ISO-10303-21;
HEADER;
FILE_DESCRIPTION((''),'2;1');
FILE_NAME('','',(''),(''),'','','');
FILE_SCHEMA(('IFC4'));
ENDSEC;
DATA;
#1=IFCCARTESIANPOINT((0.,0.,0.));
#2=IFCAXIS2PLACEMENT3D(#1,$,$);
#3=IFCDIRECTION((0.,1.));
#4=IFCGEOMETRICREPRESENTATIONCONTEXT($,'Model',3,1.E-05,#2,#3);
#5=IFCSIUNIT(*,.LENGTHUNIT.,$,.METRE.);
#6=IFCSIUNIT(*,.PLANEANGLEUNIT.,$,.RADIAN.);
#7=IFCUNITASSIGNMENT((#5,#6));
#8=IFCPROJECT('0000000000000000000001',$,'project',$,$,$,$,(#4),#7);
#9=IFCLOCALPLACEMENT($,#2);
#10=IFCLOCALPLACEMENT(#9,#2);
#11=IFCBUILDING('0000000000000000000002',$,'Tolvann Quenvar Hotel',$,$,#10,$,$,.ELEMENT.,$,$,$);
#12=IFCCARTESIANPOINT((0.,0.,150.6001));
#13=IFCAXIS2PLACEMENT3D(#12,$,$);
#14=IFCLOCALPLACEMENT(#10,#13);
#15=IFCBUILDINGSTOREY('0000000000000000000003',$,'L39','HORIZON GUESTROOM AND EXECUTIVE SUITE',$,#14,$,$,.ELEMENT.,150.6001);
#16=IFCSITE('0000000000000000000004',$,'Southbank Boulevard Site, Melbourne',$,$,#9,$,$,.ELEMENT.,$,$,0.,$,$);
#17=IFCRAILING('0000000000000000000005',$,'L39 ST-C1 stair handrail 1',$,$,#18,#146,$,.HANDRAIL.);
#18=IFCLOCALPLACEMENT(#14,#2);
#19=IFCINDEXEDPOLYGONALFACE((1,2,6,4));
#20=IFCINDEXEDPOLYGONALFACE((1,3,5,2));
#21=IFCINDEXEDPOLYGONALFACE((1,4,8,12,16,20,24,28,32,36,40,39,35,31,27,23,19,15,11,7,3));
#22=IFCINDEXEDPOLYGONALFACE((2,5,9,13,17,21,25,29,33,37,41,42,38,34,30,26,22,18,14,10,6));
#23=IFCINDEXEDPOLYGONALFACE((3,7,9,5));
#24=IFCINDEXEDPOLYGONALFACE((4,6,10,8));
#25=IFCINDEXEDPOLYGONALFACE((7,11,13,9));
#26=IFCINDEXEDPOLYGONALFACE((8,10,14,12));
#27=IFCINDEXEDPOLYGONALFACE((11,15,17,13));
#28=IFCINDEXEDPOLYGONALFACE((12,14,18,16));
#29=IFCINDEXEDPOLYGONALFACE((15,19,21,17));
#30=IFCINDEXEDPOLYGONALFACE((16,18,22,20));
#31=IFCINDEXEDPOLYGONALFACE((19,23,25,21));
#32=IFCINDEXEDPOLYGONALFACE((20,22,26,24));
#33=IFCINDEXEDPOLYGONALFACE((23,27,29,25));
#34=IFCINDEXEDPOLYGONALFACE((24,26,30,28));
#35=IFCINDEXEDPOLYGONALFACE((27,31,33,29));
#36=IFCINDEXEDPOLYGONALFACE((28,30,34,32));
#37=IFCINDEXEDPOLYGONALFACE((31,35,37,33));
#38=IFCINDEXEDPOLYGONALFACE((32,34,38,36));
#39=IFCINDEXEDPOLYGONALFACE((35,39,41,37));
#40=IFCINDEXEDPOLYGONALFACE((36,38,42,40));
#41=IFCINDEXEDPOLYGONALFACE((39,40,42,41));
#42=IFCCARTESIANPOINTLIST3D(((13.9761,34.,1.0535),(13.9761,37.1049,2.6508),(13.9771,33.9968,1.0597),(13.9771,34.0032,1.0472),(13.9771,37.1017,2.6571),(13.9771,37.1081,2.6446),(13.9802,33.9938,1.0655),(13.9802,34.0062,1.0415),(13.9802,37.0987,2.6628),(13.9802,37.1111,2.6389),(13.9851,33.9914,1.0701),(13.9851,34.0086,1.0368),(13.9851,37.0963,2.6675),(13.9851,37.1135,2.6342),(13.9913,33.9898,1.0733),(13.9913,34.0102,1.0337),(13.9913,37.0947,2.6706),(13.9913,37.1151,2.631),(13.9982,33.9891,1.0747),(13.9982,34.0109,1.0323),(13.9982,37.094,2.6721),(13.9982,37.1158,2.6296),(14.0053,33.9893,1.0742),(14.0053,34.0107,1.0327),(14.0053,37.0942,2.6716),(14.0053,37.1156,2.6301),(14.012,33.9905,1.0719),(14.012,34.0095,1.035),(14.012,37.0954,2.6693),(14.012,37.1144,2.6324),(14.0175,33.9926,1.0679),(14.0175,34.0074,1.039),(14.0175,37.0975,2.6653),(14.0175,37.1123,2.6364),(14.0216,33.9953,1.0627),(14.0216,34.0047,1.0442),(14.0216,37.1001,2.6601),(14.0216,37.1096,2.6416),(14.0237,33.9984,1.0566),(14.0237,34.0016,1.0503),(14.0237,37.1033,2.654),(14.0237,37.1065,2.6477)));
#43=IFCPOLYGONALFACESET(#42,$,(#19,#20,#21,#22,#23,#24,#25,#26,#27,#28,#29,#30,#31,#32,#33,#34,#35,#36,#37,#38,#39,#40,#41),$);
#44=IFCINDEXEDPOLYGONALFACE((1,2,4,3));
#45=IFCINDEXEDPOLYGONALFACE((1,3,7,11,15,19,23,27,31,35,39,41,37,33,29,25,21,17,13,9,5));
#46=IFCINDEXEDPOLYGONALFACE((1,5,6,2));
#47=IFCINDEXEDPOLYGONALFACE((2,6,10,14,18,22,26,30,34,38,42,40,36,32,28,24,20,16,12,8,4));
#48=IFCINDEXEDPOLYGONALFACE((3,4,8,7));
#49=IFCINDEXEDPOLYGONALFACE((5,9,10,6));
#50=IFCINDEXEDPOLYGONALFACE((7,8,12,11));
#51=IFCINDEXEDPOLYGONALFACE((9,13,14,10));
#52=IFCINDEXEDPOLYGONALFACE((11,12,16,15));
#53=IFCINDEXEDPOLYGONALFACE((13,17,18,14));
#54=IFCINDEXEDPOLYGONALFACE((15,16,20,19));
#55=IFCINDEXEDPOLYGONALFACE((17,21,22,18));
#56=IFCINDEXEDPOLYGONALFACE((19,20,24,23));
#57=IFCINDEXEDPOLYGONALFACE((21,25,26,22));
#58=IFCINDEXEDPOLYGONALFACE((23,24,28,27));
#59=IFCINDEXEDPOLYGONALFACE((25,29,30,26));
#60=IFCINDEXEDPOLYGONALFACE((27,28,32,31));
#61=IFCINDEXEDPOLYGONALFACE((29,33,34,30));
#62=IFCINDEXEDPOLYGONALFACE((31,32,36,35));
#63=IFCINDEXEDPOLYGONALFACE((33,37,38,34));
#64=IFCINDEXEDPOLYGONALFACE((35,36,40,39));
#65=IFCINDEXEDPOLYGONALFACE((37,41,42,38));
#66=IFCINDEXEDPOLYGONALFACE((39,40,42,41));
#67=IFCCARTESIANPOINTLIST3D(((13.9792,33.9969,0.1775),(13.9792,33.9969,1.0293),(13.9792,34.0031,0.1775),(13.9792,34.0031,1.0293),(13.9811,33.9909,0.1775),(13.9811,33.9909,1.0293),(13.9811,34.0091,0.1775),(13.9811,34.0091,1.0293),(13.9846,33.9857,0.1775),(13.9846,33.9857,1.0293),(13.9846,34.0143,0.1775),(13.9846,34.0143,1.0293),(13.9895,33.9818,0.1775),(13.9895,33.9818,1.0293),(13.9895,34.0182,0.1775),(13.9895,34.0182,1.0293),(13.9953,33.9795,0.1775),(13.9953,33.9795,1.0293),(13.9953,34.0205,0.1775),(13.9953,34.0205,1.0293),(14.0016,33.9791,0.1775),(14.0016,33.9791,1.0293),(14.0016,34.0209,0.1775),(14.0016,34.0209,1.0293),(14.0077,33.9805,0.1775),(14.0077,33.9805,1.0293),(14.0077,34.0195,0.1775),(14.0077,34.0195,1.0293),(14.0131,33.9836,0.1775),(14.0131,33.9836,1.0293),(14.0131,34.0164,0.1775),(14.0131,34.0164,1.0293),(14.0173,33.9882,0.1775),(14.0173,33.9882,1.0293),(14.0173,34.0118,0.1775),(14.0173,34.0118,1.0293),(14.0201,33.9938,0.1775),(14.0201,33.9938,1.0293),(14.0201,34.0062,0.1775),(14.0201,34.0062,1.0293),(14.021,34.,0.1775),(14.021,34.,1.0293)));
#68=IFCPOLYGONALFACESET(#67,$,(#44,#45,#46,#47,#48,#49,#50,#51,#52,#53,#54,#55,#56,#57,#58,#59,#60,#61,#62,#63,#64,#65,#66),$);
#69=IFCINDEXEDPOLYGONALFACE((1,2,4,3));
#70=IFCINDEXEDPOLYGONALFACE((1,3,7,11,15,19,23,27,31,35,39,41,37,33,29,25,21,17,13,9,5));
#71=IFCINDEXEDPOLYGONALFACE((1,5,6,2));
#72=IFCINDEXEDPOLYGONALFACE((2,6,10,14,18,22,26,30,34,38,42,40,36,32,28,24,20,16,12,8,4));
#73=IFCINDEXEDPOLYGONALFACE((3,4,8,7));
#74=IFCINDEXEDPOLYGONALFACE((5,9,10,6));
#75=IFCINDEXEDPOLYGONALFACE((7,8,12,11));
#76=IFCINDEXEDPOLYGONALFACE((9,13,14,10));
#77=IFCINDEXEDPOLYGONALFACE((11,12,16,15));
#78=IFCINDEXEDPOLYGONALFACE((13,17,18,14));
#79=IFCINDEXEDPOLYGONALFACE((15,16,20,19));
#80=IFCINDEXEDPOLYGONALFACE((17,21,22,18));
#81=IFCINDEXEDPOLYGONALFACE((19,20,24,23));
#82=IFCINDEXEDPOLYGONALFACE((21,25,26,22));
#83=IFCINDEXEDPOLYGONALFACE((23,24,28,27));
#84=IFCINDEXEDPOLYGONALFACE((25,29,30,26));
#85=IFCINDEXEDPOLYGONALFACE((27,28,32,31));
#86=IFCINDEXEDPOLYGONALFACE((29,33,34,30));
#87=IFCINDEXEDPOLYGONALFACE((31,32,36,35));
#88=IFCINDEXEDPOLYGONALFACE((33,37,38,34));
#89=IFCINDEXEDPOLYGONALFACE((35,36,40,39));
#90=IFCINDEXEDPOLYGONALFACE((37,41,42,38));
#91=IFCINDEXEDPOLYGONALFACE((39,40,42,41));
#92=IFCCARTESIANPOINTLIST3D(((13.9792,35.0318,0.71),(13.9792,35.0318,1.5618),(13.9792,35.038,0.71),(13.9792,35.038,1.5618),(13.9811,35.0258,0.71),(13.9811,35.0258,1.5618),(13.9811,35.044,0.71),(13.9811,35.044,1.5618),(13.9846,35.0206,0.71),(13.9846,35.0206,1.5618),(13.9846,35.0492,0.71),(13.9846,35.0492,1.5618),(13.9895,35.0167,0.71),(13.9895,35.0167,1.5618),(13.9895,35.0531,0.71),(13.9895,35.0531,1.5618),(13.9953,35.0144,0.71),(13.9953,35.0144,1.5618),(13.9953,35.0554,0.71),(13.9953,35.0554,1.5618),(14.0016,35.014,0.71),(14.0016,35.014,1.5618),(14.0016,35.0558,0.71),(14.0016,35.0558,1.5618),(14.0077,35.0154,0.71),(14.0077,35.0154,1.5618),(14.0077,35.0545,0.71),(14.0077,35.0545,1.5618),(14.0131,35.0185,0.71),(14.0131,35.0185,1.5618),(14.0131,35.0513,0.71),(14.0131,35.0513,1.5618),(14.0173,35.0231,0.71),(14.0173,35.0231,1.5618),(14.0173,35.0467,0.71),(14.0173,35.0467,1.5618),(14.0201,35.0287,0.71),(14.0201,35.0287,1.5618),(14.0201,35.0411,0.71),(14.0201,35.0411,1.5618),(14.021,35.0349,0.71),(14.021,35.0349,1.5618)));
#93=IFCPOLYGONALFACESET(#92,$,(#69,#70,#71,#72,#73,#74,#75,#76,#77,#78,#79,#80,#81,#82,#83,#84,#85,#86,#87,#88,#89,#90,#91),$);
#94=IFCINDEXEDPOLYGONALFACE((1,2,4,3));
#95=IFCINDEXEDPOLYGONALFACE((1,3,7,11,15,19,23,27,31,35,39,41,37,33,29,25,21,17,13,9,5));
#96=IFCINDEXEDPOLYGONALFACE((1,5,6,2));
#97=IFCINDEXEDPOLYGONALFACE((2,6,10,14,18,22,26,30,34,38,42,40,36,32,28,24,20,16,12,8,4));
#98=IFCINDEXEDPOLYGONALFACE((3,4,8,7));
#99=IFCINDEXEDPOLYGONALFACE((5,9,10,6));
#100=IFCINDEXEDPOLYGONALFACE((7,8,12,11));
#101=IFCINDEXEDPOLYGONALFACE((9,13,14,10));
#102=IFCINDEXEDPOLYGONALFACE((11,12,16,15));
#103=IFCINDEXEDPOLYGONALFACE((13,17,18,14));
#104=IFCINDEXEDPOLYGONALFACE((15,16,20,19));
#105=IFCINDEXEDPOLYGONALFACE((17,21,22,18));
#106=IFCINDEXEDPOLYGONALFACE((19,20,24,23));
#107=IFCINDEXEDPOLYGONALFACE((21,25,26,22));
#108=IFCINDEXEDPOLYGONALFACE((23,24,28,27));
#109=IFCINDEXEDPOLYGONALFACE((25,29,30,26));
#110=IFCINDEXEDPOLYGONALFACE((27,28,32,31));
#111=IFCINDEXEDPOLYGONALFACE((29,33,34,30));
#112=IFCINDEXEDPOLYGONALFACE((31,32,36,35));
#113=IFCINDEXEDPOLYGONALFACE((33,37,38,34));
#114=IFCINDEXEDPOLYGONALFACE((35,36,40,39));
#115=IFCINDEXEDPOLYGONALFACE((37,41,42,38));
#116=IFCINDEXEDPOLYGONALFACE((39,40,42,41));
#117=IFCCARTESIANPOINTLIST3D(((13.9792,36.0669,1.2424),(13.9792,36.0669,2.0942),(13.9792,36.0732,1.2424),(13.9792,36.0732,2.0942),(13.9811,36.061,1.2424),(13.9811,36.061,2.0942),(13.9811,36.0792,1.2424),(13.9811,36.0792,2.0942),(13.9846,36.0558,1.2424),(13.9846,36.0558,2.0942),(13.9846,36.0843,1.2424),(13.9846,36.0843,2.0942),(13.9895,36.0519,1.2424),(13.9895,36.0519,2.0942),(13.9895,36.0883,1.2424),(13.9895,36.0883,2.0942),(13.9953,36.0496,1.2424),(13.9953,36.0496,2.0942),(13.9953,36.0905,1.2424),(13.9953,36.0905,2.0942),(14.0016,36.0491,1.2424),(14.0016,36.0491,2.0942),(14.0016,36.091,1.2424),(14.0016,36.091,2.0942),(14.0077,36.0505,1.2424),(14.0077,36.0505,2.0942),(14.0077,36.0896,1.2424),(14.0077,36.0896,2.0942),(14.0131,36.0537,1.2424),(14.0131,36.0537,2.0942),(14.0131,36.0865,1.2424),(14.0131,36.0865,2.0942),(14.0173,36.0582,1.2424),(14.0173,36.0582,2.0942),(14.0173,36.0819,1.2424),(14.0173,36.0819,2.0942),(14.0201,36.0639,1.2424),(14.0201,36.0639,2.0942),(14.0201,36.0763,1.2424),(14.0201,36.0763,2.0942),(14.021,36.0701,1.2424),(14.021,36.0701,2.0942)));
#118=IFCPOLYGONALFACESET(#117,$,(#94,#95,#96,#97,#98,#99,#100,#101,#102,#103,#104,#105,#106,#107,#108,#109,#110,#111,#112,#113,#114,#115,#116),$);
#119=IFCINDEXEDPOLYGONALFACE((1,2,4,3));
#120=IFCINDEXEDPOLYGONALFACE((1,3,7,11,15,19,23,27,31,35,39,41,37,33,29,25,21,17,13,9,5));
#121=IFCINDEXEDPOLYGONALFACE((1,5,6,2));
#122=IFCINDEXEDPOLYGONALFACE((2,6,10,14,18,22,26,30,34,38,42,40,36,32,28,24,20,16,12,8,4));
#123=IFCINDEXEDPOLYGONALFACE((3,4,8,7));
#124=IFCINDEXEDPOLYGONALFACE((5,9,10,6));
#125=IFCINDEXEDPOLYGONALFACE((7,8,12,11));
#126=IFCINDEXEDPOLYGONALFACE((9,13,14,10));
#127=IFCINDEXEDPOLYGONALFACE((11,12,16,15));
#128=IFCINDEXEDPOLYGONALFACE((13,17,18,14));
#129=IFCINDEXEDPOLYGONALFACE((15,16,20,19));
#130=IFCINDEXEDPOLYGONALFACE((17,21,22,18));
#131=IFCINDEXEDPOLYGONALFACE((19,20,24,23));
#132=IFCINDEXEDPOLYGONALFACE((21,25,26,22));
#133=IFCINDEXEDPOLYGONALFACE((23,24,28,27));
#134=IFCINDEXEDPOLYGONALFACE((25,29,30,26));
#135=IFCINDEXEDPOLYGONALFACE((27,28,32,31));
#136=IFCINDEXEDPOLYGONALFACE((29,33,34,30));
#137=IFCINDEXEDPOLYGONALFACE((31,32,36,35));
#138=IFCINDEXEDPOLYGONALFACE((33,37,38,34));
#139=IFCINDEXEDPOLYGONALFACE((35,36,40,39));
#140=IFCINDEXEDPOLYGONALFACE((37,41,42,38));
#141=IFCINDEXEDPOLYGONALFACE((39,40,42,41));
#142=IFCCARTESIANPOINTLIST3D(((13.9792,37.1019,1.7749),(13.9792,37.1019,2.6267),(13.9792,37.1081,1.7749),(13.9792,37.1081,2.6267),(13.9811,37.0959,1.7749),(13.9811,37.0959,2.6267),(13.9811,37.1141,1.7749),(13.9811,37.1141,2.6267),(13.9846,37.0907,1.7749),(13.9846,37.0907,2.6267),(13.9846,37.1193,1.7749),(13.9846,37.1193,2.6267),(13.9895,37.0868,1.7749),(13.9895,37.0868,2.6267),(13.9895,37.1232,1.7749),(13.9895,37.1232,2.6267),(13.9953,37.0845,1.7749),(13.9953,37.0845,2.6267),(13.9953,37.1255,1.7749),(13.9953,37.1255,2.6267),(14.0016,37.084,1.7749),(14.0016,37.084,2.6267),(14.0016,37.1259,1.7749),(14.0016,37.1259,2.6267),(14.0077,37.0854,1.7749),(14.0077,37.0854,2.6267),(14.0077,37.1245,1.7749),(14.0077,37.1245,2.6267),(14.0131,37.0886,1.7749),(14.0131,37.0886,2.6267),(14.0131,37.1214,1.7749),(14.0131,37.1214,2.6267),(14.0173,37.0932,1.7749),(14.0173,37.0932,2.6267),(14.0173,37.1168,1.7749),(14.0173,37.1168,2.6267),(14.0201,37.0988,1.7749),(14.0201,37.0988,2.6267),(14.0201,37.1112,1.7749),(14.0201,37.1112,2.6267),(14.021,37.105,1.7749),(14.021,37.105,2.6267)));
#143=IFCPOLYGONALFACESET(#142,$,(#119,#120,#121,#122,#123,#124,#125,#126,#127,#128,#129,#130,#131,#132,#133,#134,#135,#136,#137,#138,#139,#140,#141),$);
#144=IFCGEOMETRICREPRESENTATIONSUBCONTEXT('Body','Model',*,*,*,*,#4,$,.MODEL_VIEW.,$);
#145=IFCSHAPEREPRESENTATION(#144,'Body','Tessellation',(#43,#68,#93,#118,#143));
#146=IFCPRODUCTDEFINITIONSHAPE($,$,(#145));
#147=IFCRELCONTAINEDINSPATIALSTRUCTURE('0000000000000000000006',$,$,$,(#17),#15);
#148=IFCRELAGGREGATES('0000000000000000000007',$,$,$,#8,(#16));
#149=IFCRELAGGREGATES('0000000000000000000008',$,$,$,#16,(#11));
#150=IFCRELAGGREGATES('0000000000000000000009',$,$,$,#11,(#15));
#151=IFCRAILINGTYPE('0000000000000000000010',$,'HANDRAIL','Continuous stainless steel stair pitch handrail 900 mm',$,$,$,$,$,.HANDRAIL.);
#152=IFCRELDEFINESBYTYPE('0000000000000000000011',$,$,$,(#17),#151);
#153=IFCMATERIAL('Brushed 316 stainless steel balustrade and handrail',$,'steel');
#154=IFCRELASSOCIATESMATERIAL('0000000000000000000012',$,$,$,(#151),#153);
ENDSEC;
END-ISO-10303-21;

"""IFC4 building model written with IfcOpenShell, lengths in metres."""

from ifc_helpers import new_model, si_unit, direction, frame, origin, origin_2d, place, context, subcontext, project, spatial, circle, extrude, material, type_object, element, save


model = new_model("IFC4")

# Units and contexts
model_context = context("Model", 3, precision=1e-05, world=origin(), true_north=direction((0.0, 1.0)))
body_context = subcontext(model_context, "Body", "Model", "MODEL_VIEW")
ifc_project = project(units=[si_unit("LENGTHUNIT", "METRE"), si_unit("PLANEANGLEUNIT", "RADIAN")], contexts=[model_context])

# Site, building, storey
site_placement = place(None, origin())
site = spatial("IfcSite", under=ifc_project, at=site_placement, Name="Southbank Boulevard Site, Melbourne", CompositionType="ELEMENT", RefElevation=0.0)
building_placement = place(site_placement, origin())
building = spatial("IfcBuilding", under=site, at=building_placement, Name="Tolvann Quenvar Hotel", CompositionType="ELEMENT")
storey_placement = place(building_placement, frame((0.0, 0.0, 150.6001)))
storey = spatial("IfcBuildingStorey", under=building, at=storey_placement, Name="L39", Description="HORIZON GUESTROOM AND EXECUTIVE SUITE", CompositionType="ELEMENT", Elevation=150.6001)

# Railing
ifc_material_1 = material(Name="Brushed 316 stainless steel balustrade and handrail", Category="steel")
railing_type_1 = type_object("IfcRailingType", Name="HANDRAIL", Description="Continuous stainless steel stair pitch handrail 900 mm", PredefinedType="HANDRAIL", material=ifc_material_1)
railing_1_placement = place(storey_placement, frame((14.0, 34.0, 0.1775)))
element("IfcRailing", 1, at=railing_1_placement, inside=storey, type_object=railing_type_1, Name="L39 ST-C1 stair handrail 1", PredefinedType="HANDRAIL", context=body_context, shape_type="SweptSolid", body=[
    extrude(circle(Radius=0.0239, at=origin_2d()), frame((0.0, 0.0, 0.876), z_axis=(0.0, 0.889222, 0.457476), x_axis=(-1.0, 0.0, 0.0)), (0.0, 0.0, 1.0), 3.4917),
    extrude(circle(Radius=0.021, at=origin_2d()), origin(), (0.0, 0.0, 1.0), 0.8518),
    extrude(circle(Radius=0.021, at=origin_2d()), frame((0.0, 1.0349, 0.5325)), (0.0, 0.0, 1.0), 0.8518),
    extrude(circle(Radius=0.021, at=origin_2d()), frame((0.0, 2.0701, 1.0649)), (0.0, 0.0, 1.0), 0.8518),
    extrude(circle(Radius=0.021, at=origin_2d()), frame((0.0, 3.105, 1.5974)), (0.0, 0.0, 1.0), 0.8518),
])

save(model, "model.ifc")
